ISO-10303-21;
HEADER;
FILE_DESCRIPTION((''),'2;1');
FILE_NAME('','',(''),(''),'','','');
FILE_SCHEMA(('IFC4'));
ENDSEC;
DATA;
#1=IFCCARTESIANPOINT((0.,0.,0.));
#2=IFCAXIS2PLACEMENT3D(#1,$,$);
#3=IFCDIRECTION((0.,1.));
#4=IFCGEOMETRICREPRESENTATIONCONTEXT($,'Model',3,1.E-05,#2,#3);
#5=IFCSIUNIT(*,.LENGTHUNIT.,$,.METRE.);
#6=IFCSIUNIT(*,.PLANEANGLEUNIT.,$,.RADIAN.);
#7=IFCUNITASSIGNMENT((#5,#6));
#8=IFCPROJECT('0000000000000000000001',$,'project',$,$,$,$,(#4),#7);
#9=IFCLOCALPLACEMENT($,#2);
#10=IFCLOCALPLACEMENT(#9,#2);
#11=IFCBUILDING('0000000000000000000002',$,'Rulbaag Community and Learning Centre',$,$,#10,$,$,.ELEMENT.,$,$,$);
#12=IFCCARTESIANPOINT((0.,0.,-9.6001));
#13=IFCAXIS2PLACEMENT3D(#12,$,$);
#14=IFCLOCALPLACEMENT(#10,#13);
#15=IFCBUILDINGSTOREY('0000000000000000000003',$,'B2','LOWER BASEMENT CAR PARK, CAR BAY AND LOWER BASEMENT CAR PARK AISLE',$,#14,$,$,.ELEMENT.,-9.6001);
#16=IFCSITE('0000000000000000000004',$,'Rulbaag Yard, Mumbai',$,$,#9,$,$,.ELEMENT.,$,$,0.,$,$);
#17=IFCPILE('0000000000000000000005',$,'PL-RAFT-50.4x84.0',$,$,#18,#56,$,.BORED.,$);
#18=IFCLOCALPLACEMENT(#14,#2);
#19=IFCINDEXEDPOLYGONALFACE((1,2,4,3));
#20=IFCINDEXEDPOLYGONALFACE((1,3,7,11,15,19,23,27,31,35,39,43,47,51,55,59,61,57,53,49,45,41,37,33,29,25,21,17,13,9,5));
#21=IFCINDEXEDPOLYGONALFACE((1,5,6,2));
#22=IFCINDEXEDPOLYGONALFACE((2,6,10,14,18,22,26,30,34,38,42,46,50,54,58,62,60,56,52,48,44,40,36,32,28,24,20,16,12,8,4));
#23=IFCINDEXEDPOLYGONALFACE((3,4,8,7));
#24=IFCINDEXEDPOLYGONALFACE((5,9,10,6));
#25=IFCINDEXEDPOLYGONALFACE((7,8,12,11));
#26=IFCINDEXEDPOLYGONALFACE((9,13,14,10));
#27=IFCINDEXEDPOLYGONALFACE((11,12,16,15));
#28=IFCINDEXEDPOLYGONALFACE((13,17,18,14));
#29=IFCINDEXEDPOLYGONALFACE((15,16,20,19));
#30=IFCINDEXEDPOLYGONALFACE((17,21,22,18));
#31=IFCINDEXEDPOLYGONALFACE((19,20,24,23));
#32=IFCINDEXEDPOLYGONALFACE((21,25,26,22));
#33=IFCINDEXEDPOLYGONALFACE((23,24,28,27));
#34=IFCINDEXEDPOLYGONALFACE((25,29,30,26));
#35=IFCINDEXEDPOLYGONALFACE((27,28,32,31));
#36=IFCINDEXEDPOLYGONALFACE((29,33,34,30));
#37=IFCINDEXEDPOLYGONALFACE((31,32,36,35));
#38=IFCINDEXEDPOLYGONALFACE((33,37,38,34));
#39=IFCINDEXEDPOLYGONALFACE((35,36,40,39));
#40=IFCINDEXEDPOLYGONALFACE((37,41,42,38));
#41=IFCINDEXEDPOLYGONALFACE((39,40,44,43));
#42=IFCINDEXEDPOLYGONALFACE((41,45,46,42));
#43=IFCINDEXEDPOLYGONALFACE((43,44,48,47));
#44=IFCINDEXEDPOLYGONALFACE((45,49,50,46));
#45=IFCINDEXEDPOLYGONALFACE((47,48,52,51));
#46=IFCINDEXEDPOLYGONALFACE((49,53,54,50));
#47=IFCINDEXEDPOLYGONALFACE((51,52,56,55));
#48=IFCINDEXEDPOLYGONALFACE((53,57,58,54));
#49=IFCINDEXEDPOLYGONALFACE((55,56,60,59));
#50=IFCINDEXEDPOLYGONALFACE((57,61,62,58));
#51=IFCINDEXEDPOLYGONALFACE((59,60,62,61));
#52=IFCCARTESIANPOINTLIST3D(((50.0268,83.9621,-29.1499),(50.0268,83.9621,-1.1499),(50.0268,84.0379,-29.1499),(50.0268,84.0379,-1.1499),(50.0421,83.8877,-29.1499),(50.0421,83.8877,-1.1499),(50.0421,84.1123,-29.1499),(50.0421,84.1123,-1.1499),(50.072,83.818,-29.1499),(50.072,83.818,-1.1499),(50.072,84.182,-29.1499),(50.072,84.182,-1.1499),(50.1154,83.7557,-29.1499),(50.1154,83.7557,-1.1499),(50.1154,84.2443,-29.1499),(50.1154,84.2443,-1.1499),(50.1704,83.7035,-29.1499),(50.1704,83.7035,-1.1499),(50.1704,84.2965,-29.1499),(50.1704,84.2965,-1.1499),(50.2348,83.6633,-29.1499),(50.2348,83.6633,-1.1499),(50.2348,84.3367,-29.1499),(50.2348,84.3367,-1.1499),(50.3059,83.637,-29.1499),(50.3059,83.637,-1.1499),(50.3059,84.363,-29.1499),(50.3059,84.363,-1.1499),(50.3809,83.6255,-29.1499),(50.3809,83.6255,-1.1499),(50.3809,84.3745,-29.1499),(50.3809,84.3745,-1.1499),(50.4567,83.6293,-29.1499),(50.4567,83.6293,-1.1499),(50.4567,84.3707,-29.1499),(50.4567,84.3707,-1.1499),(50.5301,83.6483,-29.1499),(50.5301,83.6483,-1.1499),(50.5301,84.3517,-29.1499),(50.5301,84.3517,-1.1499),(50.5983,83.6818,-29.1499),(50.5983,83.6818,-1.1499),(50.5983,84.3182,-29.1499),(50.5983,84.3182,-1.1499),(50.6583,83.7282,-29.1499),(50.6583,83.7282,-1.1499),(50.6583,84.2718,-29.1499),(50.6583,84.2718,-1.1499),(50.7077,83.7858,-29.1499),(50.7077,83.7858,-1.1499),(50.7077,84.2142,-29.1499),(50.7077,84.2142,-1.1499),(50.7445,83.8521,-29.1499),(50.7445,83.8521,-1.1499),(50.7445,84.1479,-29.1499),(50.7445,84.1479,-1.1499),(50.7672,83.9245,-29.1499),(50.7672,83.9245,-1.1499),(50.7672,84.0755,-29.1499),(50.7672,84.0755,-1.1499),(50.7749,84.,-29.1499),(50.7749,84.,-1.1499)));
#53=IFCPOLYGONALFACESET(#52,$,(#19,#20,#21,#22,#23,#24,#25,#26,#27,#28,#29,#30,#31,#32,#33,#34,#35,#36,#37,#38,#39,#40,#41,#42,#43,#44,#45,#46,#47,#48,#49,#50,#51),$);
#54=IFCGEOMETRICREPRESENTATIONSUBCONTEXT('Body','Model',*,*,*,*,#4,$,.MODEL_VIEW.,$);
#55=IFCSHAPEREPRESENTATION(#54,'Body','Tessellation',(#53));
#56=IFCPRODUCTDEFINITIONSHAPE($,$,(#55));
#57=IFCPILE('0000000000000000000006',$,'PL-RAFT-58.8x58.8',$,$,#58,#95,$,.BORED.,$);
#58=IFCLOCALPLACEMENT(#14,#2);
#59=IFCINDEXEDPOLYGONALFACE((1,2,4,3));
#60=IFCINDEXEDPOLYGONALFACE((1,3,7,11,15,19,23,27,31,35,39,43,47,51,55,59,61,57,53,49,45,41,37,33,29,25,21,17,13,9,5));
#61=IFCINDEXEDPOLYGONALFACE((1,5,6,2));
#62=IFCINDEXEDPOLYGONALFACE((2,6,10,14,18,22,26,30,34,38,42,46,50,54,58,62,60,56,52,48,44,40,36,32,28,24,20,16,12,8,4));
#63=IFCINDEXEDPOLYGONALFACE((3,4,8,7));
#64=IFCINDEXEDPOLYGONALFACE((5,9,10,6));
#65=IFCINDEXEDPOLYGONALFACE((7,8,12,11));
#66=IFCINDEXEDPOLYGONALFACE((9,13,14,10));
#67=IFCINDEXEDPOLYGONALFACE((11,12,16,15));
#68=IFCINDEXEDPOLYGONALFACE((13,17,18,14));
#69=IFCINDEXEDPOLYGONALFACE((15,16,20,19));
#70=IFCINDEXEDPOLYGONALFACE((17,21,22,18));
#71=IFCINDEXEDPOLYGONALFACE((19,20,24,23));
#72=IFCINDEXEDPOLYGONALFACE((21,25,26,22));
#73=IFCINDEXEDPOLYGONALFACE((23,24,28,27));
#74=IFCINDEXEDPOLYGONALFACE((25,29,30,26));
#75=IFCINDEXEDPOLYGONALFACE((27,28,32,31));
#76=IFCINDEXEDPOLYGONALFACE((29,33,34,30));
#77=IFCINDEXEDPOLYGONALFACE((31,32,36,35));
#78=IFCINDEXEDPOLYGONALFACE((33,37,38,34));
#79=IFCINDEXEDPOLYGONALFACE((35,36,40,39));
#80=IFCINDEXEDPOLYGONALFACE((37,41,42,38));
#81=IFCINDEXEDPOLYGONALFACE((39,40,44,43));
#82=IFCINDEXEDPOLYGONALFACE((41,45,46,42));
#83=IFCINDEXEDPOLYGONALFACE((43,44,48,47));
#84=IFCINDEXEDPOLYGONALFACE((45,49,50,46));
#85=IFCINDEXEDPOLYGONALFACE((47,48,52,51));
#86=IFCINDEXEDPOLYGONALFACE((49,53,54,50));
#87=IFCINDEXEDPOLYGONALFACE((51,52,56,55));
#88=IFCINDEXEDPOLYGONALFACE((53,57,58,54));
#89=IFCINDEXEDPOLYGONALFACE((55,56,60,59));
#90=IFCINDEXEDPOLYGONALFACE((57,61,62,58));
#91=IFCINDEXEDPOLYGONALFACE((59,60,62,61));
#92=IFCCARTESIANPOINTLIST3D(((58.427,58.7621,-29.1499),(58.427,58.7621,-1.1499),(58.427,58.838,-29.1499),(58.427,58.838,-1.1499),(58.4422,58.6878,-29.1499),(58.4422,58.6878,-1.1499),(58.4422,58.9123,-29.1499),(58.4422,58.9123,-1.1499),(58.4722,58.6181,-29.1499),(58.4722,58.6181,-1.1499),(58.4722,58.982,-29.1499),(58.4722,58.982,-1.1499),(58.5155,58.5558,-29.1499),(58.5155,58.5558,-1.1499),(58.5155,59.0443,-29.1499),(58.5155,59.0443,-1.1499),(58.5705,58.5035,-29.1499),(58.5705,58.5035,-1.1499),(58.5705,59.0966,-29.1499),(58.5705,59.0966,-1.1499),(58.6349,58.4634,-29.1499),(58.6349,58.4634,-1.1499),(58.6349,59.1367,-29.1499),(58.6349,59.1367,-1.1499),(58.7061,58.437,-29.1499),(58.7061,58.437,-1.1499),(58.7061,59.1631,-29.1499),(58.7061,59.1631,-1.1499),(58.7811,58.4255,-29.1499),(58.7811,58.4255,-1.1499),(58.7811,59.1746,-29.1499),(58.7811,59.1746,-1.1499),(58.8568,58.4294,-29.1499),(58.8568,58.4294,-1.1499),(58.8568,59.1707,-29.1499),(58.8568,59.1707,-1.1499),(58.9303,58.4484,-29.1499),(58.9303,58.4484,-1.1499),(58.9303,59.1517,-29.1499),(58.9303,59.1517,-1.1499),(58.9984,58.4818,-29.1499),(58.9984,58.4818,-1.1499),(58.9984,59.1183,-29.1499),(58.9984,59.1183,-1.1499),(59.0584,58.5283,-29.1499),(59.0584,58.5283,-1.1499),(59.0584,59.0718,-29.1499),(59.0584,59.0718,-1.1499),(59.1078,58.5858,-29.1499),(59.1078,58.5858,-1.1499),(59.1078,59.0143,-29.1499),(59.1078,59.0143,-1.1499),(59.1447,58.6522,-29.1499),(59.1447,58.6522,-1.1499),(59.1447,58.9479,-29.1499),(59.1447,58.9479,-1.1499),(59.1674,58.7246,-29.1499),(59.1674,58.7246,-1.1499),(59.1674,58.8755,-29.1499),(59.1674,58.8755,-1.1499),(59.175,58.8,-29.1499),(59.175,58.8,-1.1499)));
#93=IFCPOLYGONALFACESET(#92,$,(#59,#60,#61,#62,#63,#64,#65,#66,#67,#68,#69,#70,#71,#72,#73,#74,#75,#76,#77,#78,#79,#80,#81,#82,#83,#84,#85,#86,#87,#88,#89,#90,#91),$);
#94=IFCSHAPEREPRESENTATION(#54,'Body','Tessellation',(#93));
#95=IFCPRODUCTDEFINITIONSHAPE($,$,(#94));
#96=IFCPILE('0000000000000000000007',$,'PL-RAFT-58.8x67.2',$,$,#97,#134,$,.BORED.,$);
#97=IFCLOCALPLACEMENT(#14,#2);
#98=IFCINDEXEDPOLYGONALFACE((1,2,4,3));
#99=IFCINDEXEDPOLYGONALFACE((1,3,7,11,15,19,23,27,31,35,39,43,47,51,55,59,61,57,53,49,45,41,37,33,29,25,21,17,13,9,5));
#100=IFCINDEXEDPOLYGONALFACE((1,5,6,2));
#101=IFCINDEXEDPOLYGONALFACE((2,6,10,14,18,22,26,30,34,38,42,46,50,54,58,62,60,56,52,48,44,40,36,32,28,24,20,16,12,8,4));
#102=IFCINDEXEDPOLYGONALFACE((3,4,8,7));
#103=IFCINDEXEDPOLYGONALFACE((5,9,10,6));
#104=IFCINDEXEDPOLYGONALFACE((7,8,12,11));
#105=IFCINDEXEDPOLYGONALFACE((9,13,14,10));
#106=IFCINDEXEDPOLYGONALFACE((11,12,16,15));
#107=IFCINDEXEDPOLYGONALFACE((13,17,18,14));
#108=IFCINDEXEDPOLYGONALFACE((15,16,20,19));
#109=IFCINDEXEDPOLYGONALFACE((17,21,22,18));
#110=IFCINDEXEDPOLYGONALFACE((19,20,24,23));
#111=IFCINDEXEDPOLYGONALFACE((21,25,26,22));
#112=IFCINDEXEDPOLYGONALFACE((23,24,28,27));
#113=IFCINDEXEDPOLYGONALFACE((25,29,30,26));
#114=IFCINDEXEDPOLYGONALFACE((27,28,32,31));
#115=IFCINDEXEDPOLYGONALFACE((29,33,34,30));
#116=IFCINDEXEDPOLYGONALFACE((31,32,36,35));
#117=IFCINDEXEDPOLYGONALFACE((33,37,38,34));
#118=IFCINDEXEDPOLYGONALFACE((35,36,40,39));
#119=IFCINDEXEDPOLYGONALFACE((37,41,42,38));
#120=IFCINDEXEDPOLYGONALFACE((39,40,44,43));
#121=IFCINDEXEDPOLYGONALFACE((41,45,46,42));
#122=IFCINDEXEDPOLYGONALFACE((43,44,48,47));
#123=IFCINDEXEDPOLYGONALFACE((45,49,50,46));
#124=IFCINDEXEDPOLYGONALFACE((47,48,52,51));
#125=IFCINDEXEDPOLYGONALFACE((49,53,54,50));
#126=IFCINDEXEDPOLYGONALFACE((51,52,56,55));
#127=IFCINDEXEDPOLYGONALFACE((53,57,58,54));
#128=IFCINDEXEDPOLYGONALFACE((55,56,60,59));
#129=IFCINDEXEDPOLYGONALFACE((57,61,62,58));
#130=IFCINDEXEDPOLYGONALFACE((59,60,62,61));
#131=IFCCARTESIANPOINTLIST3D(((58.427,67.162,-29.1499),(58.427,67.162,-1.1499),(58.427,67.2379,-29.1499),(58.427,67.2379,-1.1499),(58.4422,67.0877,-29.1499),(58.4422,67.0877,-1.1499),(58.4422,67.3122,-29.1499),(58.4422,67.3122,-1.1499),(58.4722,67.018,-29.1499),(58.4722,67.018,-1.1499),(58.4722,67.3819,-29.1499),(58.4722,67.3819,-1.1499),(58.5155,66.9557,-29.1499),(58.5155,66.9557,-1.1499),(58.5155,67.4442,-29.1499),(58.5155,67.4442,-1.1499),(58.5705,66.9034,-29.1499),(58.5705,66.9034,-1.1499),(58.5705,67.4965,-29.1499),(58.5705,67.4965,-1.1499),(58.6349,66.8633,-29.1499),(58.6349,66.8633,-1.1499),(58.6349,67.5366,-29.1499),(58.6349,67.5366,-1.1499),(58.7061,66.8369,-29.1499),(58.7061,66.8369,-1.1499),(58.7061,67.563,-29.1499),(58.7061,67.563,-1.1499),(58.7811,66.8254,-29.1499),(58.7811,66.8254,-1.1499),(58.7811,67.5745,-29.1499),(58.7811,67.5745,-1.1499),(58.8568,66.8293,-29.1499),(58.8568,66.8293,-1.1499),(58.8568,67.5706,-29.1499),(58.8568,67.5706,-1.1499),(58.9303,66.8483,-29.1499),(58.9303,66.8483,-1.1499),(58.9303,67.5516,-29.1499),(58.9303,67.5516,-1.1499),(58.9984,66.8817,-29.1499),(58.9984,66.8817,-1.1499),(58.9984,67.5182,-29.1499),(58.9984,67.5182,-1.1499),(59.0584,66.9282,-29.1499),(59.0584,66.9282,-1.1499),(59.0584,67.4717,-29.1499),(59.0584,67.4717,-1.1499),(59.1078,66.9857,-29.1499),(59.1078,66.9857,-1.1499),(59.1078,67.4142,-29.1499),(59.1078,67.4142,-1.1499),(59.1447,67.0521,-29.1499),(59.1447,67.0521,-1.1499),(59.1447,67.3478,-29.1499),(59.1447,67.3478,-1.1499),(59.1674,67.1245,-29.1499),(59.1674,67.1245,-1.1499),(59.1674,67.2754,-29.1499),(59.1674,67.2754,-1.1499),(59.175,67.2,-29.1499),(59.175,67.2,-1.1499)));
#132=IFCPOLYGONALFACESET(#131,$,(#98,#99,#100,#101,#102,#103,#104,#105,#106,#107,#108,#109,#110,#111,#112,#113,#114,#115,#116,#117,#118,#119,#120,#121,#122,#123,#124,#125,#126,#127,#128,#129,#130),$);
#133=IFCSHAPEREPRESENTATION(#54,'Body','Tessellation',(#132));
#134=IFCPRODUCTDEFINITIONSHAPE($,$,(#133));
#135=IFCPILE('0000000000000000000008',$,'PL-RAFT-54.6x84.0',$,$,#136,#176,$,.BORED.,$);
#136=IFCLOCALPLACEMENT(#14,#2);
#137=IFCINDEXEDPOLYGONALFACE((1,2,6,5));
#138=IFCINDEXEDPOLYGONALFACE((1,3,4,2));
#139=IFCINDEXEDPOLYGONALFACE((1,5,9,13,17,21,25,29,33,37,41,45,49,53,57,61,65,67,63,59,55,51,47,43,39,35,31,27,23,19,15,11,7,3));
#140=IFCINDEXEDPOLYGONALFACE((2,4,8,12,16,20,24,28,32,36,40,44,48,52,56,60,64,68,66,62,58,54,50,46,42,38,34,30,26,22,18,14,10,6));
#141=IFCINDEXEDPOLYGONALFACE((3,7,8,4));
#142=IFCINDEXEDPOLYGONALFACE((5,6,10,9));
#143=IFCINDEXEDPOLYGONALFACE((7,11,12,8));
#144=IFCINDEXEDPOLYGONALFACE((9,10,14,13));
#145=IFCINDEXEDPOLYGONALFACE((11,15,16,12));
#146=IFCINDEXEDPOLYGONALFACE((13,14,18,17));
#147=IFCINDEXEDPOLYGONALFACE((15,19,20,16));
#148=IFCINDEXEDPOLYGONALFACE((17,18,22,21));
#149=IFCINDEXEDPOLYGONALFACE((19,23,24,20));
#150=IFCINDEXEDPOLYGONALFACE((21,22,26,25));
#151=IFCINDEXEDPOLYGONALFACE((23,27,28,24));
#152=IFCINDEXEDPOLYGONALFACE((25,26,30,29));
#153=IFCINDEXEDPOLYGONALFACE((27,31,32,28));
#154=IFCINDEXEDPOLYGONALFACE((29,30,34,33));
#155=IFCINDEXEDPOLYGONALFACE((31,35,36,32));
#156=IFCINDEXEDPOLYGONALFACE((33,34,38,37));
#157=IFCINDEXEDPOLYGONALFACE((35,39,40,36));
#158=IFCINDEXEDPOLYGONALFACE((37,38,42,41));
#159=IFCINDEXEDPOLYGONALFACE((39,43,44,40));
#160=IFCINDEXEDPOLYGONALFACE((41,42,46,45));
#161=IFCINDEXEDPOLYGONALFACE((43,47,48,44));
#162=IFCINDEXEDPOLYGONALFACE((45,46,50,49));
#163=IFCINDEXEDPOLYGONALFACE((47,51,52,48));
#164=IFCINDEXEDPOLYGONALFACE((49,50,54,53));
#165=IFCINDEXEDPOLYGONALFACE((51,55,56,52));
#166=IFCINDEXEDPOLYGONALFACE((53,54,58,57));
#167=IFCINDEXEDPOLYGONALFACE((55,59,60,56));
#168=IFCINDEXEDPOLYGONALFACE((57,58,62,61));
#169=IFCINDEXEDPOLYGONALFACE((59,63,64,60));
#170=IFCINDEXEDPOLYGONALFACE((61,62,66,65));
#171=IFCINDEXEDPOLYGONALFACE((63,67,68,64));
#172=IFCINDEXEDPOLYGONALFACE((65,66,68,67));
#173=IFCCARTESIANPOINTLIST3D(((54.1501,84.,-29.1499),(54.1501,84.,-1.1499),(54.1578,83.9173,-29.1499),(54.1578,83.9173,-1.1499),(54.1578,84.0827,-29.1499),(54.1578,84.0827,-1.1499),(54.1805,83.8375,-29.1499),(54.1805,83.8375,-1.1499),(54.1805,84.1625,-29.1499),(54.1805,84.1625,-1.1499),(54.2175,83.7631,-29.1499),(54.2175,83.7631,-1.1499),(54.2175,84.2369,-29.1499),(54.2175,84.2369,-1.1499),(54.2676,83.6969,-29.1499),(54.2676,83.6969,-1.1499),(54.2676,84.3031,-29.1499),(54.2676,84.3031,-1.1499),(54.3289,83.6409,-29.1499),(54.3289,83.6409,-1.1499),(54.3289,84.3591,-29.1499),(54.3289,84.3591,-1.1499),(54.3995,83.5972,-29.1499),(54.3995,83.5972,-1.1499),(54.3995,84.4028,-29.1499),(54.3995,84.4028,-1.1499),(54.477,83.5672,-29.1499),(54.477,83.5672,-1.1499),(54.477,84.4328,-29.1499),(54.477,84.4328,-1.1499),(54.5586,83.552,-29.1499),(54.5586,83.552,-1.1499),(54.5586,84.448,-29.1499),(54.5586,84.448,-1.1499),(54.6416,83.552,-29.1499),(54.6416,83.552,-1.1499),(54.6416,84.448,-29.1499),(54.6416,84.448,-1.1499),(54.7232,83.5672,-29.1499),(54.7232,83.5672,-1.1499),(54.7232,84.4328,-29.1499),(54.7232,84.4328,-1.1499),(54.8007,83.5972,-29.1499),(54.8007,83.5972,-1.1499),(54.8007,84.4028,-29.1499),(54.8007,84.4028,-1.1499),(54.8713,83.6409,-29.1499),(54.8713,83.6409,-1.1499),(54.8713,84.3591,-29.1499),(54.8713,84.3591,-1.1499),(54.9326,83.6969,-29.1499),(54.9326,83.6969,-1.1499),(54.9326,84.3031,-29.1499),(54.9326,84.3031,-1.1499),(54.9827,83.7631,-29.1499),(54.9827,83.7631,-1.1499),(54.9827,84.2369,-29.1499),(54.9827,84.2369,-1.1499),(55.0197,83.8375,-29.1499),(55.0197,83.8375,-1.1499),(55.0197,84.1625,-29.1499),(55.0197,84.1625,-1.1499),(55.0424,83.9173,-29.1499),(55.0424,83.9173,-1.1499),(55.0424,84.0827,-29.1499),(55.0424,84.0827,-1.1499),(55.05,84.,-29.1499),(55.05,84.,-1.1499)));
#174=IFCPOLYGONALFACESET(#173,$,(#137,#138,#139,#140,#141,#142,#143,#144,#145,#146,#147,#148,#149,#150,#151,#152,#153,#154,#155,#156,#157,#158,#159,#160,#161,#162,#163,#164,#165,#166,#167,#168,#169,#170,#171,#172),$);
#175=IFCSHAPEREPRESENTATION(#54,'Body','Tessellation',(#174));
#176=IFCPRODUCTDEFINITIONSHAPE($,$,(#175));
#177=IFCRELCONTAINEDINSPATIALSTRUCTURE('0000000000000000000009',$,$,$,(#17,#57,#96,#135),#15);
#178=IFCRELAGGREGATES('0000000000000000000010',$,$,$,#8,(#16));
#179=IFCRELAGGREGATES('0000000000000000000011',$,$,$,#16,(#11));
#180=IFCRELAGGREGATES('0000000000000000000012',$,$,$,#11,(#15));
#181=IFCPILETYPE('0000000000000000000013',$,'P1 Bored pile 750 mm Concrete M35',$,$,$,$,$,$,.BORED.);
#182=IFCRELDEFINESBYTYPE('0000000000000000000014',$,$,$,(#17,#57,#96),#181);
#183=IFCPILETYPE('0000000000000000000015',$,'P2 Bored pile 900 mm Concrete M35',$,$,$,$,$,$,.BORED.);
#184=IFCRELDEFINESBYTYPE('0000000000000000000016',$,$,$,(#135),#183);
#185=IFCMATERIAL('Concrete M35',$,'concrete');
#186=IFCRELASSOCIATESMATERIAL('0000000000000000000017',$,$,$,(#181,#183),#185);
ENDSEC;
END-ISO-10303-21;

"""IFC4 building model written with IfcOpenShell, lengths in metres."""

from ifc_helpers import new_model, si_unit, direction, frame, origin, origin_2d, place, context, subcontext, project, spatial, circle, extrude, material, material_profile, profile_set, type_object, element, save


model = new_model("IFC4")

# Units and contexts
model_context = context("Model", 3, precision=1e-05, world=origin(), true_north=direction((0.0, 1.0)))
body_context = subcontext(model_context, "Body", "Model", "MODEL_VIEW")
ifc_project = project(units=[si_unit("LENGTHUNIT", "METRE"), si_unit("PLANEANGLEUNIT", "RADIAN")], contexts=[model_context])

# Site, building, storey
site_placement = place(None, origin())
site = spatial("IfcSite", under=ifc_project, at=site_placement, Name="Rulbaag Yard, Mumbai", CompositionType="ELEMENT", RefElevation=0.0)
building_placement = place(site_placement, origin())
building = spatial("IfcBuilding", under=site, at=building_placement, Name="Rulbaag Community and Learning Centre", CompositionType="ELEMENT")
storey_placement = place(building_placement, frame((0.0, 0.0, -9.6001)))
storey = spatial("IfcBuildingStorey", under=building, at=storey_placement, Name="B2", Description="LOWER BASEMENT CAR PARK, CAR BAY AND LOWER BASEMENT CAR PARK AISLE", CompositionType="ELEMENT", Elevation=-9.6001)

# Piles
ifc_material_1 = material(Name="Concrete M35", Category="concrete")
ifc_material_profile_1 = material_profile(ifc_material_1, circle(Radius=0.375, at=origin_2d()), Name="BP750")
ifc_profile_set_1 = profile_set([ifc_material_profile_1], Name="Concrete M35")
pile_type_1 = type_object("IfcPileType", Name="P1 Bored pile 750 mm Concrete M35", PredefinedType="BORED", material=ifc_profile_set_1)
for number, where, z_axis, x_axis, name in (
    (1, (50.3999, 84.0, -1.1499), (0.0, 0.0, -1.0), (1.0, 0.0, 0.0), "PL-RAFT-50.4x84.0"),
    (2, (58.8, 58.8, -1.1499), (0.0, 0.0, -1.0), (1.0, 0.0, 0.0), "PL-RAFT-58.8x58.8"),
    (3, (58.8, 67.2, -1.1499), (0.0, 0.0, -1.0), (1.0, 0.0, 0.0), "PL-RAFT-58.8x67.2"),
):
    element("IfcPile", number, at=place(storey_placement, frame(where, z_axis=z_axis, x_axis=x_axis)), inside=storey, type_object=pile_type_1, Name=name, PredefinedType="BORED", context=body_context, shape_type="SweptSolid", body=[
        extrude(circle(Radius=0.375, at=origin_2d()), origin(), (0.0, 0.0, 1.0), 28.0),
    ])
ifc_material_profile_2 = material_profile(ifc_material_1, circle(Radius=0.45, at=origin_2d()), Name="BP900")
ifc_profile_set_2 = profile_set([ifc_material_profile_2], Name="Concrete M35")
pile_type_2 = type_object("IfcPileType", Name="P2 Bored pile 900 mm Concrete M35", PredefinedType="BORED", material=ifc_profile_set_2)
pile_placement = place(storey_placement, frame((54.6001, 84.0, -1.1499), z_axis=(0.0, 0.0, -1.0), x_axis=(1.0, 0.0, 0.0)))
element("IfcPile", 4, at=pile_placement, inside=storey, type_object=pile_type_2, Name="PL-RAFT-54.6x84.0", PredefinedType="BORED", context=body_context, shape_type="SweptSolid", body=[
    extrude(circle(Radius=0.45, at=origin_2d()), origin(), (0.0, 0.0, 1.0), 28.0),
])

save(model, "model.ifc")
